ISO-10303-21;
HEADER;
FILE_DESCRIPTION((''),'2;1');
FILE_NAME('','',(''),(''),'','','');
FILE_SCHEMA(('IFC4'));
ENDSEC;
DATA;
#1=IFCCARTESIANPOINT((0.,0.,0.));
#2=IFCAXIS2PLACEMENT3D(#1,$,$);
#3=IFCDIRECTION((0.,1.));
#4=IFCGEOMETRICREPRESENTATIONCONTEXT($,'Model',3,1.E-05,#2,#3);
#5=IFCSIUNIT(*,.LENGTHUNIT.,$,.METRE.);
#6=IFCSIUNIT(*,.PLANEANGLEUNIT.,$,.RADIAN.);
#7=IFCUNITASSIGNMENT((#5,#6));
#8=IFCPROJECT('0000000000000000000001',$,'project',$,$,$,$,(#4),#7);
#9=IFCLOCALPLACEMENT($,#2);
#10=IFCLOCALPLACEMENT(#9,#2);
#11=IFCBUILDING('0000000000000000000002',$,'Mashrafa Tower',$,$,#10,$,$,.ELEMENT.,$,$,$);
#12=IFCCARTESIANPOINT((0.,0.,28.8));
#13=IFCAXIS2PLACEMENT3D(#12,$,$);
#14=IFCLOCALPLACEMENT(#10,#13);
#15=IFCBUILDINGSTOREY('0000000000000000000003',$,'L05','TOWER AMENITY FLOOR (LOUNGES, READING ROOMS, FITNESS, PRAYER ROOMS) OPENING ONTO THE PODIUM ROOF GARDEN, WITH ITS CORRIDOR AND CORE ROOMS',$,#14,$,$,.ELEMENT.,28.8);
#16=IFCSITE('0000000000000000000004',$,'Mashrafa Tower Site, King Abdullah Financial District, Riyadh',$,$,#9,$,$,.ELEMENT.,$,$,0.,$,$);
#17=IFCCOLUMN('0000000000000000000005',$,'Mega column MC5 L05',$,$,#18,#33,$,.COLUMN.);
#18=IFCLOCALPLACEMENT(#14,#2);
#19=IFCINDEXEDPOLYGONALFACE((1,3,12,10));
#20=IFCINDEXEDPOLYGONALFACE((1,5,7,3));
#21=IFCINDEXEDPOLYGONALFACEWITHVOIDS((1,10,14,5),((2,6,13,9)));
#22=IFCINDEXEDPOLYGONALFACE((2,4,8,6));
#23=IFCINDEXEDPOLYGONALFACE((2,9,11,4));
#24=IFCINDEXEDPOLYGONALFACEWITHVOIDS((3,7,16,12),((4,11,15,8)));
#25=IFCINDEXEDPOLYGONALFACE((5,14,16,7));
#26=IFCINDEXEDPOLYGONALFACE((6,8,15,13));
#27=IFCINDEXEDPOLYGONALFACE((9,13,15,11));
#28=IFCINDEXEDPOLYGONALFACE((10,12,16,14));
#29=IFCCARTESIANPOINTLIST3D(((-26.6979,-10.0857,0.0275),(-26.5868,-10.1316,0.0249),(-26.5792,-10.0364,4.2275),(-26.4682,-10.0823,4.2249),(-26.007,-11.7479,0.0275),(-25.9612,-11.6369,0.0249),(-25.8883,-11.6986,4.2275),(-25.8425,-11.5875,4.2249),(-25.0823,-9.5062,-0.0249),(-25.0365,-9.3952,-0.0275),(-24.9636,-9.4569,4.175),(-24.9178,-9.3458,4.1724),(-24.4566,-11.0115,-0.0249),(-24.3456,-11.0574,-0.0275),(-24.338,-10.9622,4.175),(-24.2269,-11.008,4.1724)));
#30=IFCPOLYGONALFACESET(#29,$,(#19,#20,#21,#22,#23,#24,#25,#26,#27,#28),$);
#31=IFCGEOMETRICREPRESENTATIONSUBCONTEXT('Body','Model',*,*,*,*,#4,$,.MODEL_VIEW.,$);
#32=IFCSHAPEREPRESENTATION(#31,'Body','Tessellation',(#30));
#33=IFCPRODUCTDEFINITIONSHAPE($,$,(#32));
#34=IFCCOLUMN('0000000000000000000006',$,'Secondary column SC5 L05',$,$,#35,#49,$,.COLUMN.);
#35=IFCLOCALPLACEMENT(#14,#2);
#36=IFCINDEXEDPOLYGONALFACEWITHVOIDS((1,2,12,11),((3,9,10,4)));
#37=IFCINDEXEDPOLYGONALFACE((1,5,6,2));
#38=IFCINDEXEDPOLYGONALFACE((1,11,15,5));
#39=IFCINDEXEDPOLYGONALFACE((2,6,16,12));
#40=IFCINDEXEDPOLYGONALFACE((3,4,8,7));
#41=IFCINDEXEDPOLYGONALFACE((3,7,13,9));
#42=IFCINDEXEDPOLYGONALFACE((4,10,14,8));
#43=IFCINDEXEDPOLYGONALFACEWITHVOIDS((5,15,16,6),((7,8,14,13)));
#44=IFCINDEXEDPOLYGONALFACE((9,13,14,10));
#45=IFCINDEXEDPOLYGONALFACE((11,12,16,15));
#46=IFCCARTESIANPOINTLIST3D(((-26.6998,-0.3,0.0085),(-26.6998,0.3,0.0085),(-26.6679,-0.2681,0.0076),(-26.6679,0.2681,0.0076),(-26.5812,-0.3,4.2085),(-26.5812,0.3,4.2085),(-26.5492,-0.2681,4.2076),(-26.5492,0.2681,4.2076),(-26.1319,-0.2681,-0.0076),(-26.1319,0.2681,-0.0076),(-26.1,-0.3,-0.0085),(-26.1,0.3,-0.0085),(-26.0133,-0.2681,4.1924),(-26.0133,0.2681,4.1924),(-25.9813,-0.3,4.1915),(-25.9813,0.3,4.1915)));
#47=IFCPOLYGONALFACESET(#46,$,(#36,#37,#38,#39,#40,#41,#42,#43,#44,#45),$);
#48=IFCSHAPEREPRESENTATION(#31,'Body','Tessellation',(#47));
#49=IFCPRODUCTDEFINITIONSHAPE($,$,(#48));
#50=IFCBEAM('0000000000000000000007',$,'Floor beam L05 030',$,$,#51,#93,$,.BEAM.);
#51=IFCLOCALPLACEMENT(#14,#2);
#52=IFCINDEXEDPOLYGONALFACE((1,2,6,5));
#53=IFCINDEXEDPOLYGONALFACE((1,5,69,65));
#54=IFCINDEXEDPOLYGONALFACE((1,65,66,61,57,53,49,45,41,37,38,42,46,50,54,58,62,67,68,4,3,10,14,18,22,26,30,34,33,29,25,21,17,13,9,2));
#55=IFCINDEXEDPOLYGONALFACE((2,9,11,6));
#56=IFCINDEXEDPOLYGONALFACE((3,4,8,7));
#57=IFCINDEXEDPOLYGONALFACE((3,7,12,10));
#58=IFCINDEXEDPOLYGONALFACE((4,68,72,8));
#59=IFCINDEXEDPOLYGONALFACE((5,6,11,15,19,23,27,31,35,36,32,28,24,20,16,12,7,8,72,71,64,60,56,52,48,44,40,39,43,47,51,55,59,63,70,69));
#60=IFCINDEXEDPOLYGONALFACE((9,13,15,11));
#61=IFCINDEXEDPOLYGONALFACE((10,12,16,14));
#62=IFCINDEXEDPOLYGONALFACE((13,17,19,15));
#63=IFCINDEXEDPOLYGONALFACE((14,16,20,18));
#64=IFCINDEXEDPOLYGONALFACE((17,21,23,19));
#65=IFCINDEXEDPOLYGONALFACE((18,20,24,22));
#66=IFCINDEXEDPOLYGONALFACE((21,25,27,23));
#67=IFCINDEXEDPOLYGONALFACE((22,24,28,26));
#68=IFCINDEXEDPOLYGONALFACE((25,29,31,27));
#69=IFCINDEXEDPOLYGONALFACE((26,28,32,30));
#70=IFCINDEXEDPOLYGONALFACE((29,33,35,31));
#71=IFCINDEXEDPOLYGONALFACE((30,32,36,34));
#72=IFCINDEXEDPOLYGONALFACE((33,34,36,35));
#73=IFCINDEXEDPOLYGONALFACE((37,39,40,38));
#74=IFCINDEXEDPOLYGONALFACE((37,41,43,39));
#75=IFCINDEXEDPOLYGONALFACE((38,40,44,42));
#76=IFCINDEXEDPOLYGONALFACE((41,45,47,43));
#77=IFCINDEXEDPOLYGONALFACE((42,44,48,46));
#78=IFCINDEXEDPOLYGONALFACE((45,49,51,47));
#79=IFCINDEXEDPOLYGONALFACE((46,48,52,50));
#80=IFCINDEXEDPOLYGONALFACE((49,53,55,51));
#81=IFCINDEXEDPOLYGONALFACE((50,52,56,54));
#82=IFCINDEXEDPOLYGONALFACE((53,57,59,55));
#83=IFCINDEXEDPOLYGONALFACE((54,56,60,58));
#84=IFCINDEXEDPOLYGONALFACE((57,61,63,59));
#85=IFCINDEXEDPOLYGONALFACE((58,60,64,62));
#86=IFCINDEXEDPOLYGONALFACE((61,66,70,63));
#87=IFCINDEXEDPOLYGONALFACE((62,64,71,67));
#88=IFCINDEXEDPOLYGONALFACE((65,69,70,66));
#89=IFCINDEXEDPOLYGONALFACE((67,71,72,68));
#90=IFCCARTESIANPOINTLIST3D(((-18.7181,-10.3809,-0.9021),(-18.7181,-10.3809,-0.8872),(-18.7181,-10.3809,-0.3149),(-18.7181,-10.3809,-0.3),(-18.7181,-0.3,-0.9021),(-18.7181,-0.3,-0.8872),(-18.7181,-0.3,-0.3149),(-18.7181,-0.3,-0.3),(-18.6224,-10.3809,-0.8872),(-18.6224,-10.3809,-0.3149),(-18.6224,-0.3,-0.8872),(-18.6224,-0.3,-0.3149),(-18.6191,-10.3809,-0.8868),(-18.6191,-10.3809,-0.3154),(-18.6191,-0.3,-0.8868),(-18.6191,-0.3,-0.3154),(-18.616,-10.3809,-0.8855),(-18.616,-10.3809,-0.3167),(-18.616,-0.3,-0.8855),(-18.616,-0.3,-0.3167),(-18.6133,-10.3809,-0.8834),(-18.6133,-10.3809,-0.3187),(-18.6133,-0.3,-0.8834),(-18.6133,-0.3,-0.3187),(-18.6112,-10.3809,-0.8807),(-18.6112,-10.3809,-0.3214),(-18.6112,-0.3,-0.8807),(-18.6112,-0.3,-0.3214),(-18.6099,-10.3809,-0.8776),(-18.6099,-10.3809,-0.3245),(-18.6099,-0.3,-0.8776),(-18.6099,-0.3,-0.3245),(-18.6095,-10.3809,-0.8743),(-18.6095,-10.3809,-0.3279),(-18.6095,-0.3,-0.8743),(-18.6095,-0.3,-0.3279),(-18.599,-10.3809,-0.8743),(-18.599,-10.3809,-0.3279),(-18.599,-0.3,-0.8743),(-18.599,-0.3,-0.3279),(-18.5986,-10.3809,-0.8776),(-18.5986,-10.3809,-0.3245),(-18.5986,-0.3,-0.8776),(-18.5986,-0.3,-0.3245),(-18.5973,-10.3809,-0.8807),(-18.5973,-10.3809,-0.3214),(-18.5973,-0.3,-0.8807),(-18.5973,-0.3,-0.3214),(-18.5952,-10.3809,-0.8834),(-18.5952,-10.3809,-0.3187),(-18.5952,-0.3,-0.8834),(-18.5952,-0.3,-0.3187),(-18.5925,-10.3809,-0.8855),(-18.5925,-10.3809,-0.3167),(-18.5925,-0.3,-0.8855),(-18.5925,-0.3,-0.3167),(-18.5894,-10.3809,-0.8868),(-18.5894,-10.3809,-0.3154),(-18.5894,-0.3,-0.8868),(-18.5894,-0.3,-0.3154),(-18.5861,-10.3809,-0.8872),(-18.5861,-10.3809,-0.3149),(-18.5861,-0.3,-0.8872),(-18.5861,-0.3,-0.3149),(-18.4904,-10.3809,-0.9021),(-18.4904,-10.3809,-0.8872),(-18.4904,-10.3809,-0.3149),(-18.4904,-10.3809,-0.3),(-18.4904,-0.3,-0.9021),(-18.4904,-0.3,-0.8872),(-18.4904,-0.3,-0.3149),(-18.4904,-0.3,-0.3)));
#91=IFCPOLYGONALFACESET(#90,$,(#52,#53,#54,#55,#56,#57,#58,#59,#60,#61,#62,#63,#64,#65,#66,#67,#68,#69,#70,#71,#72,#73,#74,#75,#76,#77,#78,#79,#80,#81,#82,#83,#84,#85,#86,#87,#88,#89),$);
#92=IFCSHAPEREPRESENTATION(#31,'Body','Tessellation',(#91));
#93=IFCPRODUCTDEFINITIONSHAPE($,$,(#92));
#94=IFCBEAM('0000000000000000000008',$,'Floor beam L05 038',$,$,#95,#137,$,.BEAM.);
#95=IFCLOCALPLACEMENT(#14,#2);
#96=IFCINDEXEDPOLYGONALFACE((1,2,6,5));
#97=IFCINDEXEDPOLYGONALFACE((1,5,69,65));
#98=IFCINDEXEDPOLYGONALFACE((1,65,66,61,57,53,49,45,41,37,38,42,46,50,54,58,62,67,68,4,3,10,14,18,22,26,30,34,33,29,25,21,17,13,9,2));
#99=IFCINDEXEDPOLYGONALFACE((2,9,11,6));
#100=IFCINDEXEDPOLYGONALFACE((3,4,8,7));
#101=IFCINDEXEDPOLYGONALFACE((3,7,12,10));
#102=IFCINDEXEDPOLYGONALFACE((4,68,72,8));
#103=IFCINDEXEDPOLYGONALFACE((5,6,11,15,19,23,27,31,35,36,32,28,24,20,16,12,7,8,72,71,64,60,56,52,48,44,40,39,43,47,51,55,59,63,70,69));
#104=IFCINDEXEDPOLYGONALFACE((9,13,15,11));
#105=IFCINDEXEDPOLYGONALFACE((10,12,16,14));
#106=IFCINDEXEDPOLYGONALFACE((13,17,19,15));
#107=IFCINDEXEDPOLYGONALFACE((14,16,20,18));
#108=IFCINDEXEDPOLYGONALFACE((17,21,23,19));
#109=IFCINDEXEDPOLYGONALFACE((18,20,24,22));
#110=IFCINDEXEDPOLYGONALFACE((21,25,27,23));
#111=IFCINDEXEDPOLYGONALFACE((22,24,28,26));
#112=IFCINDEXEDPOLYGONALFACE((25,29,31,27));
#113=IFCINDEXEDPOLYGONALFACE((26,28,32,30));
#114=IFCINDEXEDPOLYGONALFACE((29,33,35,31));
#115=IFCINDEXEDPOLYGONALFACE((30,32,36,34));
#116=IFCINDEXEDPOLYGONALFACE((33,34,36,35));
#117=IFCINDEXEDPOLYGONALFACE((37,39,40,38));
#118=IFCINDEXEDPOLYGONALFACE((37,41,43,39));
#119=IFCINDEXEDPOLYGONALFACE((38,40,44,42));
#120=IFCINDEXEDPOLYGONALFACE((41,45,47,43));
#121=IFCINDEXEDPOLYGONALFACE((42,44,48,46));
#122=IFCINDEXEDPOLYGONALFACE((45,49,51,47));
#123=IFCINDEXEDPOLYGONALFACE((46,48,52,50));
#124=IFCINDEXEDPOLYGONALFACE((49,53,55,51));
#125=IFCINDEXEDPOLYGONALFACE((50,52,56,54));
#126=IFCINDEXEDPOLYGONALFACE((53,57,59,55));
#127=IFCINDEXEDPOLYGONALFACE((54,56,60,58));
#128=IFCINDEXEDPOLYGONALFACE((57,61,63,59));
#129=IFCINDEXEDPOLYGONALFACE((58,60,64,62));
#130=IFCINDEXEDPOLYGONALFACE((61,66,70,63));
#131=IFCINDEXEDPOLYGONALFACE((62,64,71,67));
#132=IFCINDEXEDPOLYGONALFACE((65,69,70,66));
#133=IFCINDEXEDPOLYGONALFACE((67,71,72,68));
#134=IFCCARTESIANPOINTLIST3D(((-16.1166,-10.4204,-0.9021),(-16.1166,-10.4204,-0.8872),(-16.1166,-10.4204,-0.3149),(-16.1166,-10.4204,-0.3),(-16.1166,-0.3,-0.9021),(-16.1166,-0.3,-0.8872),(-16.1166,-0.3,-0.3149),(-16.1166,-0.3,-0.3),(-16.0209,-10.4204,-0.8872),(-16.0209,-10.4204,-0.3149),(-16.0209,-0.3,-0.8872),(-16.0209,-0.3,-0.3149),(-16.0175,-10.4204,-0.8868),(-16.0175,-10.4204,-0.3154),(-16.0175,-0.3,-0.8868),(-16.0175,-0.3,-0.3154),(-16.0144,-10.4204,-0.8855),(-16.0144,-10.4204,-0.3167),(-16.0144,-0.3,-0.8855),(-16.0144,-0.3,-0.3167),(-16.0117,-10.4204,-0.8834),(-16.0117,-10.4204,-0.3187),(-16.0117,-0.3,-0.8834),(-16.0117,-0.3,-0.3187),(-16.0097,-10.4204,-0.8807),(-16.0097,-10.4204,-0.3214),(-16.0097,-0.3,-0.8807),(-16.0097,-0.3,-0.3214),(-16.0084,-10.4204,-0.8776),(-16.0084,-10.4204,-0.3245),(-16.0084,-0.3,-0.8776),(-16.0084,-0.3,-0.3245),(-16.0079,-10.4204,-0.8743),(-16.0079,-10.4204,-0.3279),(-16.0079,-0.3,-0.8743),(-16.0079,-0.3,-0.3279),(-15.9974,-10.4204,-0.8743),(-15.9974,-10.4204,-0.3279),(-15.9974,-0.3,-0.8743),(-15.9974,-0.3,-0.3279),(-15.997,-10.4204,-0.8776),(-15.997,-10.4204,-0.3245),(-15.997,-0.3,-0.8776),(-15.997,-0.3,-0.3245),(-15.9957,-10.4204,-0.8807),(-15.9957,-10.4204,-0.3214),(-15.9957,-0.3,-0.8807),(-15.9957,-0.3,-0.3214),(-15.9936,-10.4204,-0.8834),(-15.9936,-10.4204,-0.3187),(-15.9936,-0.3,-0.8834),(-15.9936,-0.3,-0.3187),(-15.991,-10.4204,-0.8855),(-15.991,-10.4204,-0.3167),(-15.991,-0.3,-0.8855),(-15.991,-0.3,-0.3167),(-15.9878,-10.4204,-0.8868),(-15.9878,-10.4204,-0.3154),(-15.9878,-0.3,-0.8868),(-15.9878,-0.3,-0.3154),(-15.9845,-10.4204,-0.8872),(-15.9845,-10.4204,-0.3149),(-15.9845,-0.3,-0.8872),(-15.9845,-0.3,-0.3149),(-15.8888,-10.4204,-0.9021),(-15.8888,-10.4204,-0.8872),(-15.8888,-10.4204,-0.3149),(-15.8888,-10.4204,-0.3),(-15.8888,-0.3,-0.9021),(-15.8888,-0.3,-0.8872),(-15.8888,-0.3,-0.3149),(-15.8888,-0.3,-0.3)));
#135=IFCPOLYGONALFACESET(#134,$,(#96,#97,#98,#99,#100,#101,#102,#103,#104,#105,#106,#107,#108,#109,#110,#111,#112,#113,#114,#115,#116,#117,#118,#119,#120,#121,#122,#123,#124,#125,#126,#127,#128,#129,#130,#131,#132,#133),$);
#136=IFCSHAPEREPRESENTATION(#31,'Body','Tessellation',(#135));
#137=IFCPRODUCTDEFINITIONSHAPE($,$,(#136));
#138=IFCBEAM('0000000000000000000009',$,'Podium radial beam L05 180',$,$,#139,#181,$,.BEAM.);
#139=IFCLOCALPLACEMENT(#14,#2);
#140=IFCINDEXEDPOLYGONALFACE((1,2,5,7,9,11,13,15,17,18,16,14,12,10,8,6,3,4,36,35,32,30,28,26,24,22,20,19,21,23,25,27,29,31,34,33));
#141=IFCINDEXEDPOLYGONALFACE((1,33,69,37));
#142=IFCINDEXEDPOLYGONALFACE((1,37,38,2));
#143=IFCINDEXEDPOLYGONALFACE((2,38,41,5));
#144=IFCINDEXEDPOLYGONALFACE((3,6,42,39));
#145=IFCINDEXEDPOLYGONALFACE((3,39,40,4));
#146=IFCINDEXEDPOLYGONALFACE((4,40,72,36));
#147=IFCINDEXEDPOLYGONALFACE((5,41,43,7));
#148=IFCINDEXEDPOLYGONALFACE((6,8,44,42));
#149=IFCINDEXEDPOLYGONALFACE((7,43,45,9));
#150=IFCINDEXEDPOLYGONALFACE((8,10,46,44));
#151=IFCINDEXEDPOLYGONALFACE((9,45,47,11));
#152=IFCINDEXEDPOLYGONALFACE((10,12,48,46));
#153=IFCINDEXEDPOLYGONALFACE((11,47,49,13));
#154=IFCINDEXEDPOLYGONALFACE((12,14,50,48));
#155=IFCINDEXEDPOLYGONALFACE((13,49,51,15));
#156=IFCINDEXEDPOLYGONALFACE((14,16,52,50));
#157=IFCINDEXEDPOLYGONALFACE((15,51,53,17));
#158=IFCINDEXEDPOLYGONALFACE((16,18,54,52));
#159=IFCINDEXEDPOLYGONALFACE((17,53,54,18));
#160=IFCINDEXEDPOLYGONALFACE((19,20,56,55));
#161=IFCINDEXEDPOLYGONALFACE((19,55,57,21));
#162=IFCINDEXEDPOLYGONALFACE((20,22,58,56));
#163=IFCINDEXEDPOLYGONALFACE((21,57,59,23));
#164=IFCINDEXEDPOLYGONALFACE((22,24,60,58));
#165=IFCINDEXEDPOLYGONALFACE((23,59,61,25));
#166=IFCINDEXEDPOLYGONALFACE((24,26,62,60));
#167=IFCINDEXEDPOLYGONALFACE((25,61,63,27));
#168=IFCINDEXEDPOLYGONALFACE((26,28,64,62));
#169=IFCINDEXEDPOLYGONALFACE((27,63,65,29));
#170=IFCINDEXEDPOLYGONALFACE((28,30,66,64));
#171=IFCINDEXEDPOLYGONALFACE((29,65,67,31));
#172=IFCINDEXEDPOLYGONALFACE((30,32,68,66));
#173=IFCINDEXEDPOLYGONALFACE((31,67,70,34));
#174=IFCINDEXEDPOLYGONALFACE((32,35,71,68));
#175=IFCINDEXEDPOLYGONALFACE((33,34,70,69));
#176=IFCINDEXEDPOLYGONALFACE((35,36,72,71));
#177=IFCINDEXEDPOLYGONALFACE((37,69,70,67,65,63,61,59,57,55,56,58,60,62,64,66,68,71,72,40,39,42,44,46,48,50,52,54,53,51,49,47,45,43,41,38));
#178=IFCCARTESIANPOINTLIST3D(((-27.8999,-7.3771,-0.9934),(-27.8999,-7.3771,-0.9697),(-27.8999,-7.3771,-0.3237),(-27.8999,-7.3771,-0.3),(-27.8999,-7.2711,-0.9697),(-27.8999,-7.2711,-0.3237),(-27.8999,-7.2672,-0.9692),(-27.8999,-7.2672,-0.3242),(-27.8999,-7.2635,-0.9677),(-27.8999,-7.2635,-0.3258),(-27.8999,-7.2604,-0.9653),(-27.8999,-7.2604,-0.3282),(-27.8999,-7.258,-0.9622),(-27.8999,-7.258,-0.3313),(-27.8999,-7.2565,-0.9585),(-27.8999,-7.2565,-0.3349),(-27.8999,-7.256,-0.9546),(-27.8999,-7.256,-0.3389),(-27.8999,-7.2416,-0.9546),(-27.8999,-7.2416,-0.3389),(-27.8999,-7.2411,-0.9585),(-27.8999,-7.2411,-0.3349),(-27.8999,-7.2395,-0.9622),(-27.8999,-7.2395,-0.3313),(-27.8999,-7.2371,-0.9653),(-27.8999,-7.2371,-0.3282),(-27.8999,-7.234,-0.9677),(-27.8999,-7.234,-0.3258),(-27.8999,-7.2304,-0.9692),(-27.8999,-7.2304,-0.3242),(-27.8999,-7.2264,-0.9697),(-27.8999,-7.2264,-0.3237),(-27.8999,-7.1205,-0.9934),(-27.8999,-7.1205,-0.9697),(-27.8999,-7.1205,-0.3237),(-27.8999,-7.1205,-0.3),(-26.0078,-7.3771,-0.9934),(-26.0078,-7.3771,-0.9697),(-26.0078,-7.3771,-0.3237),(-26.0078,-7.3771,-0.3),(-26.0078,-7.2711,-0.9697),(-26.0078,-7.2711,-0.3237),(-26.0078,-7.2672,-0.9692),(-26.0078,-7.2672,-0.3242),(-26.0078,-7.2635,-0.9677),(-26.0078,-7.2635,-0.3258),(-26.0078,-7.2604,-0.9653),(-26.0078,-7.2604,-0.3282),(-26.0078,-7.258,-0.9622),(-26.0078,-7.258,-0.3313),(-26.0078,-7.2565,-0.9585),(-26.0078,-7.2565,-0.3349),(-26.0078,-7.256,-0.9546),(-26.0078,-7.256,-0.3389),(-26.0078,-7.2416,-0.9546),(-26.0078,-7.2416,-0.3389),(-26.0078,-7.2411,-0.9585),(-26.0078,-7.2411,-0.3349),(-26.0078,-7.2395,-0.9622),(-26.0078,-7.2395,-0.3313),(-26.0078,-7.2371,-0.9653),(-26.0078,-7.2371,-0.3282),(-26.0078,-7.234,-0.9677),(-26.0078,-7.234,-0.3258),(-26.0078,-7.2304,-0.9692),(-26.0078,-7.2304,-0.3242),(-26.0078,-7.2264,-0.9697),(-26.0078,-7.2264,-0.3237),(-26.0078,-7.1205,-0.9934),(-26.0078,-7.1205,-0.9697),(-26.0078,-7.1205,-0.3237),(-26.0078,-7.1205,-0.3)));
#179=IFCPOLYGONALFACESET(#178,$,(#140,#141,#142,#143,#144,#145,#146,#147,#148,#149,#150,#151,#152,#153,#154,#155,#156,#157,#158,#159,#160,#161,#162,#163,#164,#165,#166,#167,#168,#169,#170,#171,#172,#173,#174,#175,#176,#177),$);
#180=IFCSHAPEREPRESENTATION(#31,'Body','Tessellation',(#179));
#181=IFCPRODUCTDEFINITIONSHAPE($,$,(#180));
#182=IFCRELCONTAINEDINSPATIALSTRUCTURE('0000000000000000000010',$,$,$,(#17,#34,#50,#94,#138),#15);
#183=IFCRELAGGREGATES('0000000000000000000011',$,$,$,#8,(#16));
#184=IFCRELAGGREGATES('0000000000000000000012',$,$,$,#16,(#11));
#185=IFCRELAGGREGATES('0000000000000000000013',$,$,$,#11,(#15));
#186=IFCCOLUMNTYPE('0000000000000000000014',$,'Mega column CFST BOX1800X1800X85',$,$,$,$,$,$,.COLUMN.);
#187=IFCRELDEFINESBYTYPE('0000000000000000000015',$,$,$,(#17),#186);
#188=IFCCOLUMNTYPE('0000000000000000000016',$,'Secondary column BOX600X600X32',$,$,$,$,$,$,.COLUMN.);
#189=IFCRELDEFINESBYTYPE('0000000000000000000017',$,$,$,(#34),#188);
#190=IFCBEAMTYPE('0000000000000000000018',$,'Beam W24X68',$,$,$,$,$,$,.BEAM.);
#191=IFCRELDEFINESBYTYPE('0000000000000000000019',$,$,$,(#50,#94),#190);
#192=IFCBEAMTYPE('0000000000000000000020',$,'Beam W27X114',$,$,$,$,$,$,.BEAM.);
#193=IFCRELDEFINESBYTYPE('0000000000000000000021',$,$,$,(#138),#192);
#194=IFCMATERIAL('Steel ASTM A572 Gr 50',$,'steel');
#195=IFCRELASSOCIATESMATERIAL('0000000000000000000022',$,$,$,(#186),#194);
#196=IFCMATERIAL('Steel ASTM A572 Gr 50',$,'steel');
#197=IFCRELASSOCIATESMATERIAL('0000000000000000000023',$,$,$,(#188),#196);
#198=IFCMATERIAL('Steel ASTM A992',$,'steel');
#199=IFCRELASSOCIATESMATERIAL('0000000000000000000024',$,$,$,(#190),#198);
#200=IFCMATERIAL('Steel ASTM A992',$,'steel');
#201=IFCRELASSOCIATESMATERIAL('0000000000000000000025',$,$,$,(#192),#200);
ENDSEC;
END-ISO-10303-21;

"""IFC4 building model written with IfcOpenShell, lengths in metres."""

from ifc_helpers import new_model, si_unit, direction, frame, origin, origin_2d, place, context, subcontext, project, spatial, hollow_rectangle, i_section, extrude, material, material_profile, profile_set, type_object, element, save


model = new_model("IFC4")

# Units and contexts
model_context = context("Model", 3, precision=1e-05, world=origin(), true_north=direction((0.0, 1.0)))
body_context = subcontext(model_context, "Body", "Model", "MODEL_VIEW")
ifc_project = project(units=[si_unit("LENGTHUNIT", "METRE"), si_unit("PLANEANGLEUNIT", "RADIAN")], contexts=[model_context])

# Site, building, storey
site_placement = place(None, origin())
site = spatial("IfcSite", under=ifc_project, at=site_placement, Name="Mashrafa Tower Site, King Abdullah Financial District, Riyadh", CompositionType="ELEMENT", RefElevation=0.0)
building_placement = place(site_placement, origin())
building = spatial("IfcBuilding", under=site, at=building_placement, Name="Mashrafa Tower", CompositionType="ELEMENT")
storey_placement = place(building_placement, frame((0.0, 0.0, 28.8)))
storey = spatial("IfcBuildingStorey", under=building, at=storey_placement, Name="L05", Description="TOWER AMENITY FLOOR (LOUNGES, READING ROOMS, FITNESS, PRAYER ROOMS) OPENING ONTO THE PODIUM ROOF GARDEN, WITH ITS CORRIDOR AND CORE ROOMS", CompositionType="ELEMENT", Elevation=28.8)

# Columns
ifc_material_1 = material(Name="Steel ASTM A572 Gr 50", Category="steel")
ifc_material_profile_1 = material_profile(ifc_material_1, hollow_rectangle(XDim=1.8, YDim=1.8, WallThickness=0.085, at=origin_2d()), Name="BOX1800X1800X85")
ifc_profile_set_1 = profile_set([ifc_material_profile_1], Name="Steel ASTM A572 Gr 50")
column_type_1 = type_object("IfcColumnType", Name="Mega column CFST BOX1800X1800X85", PredefinedType="COLUMN", material=ifc_profile_set_1)
column_1_placement = place(storey_placement, frame((-25.5217, -10.5715, 0.0), z_axis=(0.028238, 0.011737, 0.999532), x_axis=(-0.383806, 0.923414, 0.0)))
element("IfcColumn", 1, at=column_1_placement, inside=storey, type_object=column_type_1, Name="Mega column MC5 L05", PredefinedType="COLUMN", context=body_context, shape_type="SweptSolid", body=[
    extrude(hollow_rectangle(XDim=1.8, YDim=1.8, WallThickness=0.085, at=origin_2d()), origin(), (0.0, 0.0, 1.0), 4.2019),
])
ifc_material_2 = material(Name="Steel ASTM A572 Gr 50", Category="steel")
ifc_material_profile_2 = material_profile(ifc_material_2, hollow_rectangle(XDim=0.6001, YDim=0.6001, WallThickness=0.032, at=origin_2d()), Name="BOX600X600X32")
ifc_profile_set_2 = profile_set([ifc_material_profile_2], Name="Steel ASTM A572 Gr 50")
column_type_2 = type_object("IfcColumnType", Name="Secondary column BOX600X600X32", PredefinedType="COLUMN", material=ifc_profile_set_2)
column_2_placement = place(storey_placement, frame((-26.3999, 0.0, 0.0), z_axis=(0.02824, 0.0, 0.999601), x_axis=(0.0, 1.0, 0.0)))
element("IfcColumn", 2, at=column_2_placement, inside=storey, type_object=column_type_2, Name="Secondary column SC5 L05", PredefinedType="COLUMN", context=body_context, shape_type="SweptSolid", body=[
    extrude(hollow_rectangle(XDim=0.6001, YDim=0.6001, WallThickness=0.032, at=origin_2d()), origin(), (0.0, 0.0, 1.0), 4.2017),
])

# Beams
ifc_material_3 = material(Name="Steel ASTM A992", Category="steel")
ifc_material_profile_3 = material_profile(ifc_material_3, i_section(OverallWidth=0.2278, OverallDepth=0.6021, WebThickness=0.0105, FlangeThickness=0.0149, FilletRadius=0.0129, at=origin_2d()), Name="W24X68")
ifc_profile_set_3 = profile_set([ifc_material_profile_3], Name="Steel ASTM A992")
beam_type_1 = type_object("IfcBeamType", Name="Beam W24X68", PredefinedType="BEAM", material=ifc_profile_set_3)
beam_1_placement = place(storey_placement, frame((-18.6042, -10.3809, -0.6011), z_axis=(0.0, 1.0, 0.0), x_axis=(-1.0, 0.0, 0.0)))
element("IfcBeam", 3, at=beam_1_placement, inside=storey, type_object=beam_type_1, Name="Floor beam L05 030", PredefinedType="BEAM", context=body_context, shape_type="SweptSolid", body=[
    extrude(i_section(OverallWidth=0.2278, OverallDepth=0.6021, WebThickness=0.0105, FlangeThickness=0.0149, FilletRadius=0.0129, at=origin_2d()), origin(), (0.0, 0.0, 1.0), 10.0808),
])
beam_2_placement = place(storey_placement, frame((-16.0027, -10.4204, -0.6011), z_axis=(0.0, 1.0, 0.0), x_axis=(-1.0, 0.0, 0.0)))
element("IfcBeam", 4, at=beam_2_placement, inside=storey, type_object=beam_type_1, Name="Floor beam L05 038", PredefinedType="BEAM", context=body_context, shape_type="SweptSolid", body=[
    extrude(i_section(OverallWidth=0.2278, OverallDepth=0.6021, WebThickness=0.0105, FlangeThickness=0.0149, FilletRadius=0.0129, at=origin_2d()), origin(), (0.0, 0.0, 1.0), 10.1204),
])
ifc_material_4 = material(Name="Steel ASTM A992", Category="steel")
ifc_material_profile_4 = material_profile(ifc_material_4, i_section(OverallWidth=0.2566, OverallDepth=0.6934, WebThickness=0.0144, FlangeThickness=0.0237, FilletRadius=0.0151, at=origin_2d()), Name="W27X114")
ifc_profile_set_4 = profile_set([ifc_material_profile_4], Name="Steel ASTM A992")
beam_type_2 = type_object("IfcBeamType", Name="Beam W27X114", PredefinedType="BEAM", material=ifc_profile_set_4)
beam_3_placement = place(storey_placement, frame((-26.0078, -7.2488, -0.6467), z_axis=(-1.0, 0.0, 0.0), x_axis=(0.0, -1.0, 0.0)))
element("IfcBeam", 5, at=beam_3_placement, inside=storey, type_object=beam_type_2, Name="Podium radial beam L05 180", PredefinedType="BEAM", context=body_context, shape_type="SweptSolid", body=[
    extrude(i_section(OverallWidth=0.2566, OverallDepth=0.6934, WebThickness=0.0144, FlangeThickness=0.0237, FilletRadius=0.0151, at=origin_2d()), origin(), (0.0, 0.0, 1.0), 1.8921),
])

save(model, "model.ifc")
